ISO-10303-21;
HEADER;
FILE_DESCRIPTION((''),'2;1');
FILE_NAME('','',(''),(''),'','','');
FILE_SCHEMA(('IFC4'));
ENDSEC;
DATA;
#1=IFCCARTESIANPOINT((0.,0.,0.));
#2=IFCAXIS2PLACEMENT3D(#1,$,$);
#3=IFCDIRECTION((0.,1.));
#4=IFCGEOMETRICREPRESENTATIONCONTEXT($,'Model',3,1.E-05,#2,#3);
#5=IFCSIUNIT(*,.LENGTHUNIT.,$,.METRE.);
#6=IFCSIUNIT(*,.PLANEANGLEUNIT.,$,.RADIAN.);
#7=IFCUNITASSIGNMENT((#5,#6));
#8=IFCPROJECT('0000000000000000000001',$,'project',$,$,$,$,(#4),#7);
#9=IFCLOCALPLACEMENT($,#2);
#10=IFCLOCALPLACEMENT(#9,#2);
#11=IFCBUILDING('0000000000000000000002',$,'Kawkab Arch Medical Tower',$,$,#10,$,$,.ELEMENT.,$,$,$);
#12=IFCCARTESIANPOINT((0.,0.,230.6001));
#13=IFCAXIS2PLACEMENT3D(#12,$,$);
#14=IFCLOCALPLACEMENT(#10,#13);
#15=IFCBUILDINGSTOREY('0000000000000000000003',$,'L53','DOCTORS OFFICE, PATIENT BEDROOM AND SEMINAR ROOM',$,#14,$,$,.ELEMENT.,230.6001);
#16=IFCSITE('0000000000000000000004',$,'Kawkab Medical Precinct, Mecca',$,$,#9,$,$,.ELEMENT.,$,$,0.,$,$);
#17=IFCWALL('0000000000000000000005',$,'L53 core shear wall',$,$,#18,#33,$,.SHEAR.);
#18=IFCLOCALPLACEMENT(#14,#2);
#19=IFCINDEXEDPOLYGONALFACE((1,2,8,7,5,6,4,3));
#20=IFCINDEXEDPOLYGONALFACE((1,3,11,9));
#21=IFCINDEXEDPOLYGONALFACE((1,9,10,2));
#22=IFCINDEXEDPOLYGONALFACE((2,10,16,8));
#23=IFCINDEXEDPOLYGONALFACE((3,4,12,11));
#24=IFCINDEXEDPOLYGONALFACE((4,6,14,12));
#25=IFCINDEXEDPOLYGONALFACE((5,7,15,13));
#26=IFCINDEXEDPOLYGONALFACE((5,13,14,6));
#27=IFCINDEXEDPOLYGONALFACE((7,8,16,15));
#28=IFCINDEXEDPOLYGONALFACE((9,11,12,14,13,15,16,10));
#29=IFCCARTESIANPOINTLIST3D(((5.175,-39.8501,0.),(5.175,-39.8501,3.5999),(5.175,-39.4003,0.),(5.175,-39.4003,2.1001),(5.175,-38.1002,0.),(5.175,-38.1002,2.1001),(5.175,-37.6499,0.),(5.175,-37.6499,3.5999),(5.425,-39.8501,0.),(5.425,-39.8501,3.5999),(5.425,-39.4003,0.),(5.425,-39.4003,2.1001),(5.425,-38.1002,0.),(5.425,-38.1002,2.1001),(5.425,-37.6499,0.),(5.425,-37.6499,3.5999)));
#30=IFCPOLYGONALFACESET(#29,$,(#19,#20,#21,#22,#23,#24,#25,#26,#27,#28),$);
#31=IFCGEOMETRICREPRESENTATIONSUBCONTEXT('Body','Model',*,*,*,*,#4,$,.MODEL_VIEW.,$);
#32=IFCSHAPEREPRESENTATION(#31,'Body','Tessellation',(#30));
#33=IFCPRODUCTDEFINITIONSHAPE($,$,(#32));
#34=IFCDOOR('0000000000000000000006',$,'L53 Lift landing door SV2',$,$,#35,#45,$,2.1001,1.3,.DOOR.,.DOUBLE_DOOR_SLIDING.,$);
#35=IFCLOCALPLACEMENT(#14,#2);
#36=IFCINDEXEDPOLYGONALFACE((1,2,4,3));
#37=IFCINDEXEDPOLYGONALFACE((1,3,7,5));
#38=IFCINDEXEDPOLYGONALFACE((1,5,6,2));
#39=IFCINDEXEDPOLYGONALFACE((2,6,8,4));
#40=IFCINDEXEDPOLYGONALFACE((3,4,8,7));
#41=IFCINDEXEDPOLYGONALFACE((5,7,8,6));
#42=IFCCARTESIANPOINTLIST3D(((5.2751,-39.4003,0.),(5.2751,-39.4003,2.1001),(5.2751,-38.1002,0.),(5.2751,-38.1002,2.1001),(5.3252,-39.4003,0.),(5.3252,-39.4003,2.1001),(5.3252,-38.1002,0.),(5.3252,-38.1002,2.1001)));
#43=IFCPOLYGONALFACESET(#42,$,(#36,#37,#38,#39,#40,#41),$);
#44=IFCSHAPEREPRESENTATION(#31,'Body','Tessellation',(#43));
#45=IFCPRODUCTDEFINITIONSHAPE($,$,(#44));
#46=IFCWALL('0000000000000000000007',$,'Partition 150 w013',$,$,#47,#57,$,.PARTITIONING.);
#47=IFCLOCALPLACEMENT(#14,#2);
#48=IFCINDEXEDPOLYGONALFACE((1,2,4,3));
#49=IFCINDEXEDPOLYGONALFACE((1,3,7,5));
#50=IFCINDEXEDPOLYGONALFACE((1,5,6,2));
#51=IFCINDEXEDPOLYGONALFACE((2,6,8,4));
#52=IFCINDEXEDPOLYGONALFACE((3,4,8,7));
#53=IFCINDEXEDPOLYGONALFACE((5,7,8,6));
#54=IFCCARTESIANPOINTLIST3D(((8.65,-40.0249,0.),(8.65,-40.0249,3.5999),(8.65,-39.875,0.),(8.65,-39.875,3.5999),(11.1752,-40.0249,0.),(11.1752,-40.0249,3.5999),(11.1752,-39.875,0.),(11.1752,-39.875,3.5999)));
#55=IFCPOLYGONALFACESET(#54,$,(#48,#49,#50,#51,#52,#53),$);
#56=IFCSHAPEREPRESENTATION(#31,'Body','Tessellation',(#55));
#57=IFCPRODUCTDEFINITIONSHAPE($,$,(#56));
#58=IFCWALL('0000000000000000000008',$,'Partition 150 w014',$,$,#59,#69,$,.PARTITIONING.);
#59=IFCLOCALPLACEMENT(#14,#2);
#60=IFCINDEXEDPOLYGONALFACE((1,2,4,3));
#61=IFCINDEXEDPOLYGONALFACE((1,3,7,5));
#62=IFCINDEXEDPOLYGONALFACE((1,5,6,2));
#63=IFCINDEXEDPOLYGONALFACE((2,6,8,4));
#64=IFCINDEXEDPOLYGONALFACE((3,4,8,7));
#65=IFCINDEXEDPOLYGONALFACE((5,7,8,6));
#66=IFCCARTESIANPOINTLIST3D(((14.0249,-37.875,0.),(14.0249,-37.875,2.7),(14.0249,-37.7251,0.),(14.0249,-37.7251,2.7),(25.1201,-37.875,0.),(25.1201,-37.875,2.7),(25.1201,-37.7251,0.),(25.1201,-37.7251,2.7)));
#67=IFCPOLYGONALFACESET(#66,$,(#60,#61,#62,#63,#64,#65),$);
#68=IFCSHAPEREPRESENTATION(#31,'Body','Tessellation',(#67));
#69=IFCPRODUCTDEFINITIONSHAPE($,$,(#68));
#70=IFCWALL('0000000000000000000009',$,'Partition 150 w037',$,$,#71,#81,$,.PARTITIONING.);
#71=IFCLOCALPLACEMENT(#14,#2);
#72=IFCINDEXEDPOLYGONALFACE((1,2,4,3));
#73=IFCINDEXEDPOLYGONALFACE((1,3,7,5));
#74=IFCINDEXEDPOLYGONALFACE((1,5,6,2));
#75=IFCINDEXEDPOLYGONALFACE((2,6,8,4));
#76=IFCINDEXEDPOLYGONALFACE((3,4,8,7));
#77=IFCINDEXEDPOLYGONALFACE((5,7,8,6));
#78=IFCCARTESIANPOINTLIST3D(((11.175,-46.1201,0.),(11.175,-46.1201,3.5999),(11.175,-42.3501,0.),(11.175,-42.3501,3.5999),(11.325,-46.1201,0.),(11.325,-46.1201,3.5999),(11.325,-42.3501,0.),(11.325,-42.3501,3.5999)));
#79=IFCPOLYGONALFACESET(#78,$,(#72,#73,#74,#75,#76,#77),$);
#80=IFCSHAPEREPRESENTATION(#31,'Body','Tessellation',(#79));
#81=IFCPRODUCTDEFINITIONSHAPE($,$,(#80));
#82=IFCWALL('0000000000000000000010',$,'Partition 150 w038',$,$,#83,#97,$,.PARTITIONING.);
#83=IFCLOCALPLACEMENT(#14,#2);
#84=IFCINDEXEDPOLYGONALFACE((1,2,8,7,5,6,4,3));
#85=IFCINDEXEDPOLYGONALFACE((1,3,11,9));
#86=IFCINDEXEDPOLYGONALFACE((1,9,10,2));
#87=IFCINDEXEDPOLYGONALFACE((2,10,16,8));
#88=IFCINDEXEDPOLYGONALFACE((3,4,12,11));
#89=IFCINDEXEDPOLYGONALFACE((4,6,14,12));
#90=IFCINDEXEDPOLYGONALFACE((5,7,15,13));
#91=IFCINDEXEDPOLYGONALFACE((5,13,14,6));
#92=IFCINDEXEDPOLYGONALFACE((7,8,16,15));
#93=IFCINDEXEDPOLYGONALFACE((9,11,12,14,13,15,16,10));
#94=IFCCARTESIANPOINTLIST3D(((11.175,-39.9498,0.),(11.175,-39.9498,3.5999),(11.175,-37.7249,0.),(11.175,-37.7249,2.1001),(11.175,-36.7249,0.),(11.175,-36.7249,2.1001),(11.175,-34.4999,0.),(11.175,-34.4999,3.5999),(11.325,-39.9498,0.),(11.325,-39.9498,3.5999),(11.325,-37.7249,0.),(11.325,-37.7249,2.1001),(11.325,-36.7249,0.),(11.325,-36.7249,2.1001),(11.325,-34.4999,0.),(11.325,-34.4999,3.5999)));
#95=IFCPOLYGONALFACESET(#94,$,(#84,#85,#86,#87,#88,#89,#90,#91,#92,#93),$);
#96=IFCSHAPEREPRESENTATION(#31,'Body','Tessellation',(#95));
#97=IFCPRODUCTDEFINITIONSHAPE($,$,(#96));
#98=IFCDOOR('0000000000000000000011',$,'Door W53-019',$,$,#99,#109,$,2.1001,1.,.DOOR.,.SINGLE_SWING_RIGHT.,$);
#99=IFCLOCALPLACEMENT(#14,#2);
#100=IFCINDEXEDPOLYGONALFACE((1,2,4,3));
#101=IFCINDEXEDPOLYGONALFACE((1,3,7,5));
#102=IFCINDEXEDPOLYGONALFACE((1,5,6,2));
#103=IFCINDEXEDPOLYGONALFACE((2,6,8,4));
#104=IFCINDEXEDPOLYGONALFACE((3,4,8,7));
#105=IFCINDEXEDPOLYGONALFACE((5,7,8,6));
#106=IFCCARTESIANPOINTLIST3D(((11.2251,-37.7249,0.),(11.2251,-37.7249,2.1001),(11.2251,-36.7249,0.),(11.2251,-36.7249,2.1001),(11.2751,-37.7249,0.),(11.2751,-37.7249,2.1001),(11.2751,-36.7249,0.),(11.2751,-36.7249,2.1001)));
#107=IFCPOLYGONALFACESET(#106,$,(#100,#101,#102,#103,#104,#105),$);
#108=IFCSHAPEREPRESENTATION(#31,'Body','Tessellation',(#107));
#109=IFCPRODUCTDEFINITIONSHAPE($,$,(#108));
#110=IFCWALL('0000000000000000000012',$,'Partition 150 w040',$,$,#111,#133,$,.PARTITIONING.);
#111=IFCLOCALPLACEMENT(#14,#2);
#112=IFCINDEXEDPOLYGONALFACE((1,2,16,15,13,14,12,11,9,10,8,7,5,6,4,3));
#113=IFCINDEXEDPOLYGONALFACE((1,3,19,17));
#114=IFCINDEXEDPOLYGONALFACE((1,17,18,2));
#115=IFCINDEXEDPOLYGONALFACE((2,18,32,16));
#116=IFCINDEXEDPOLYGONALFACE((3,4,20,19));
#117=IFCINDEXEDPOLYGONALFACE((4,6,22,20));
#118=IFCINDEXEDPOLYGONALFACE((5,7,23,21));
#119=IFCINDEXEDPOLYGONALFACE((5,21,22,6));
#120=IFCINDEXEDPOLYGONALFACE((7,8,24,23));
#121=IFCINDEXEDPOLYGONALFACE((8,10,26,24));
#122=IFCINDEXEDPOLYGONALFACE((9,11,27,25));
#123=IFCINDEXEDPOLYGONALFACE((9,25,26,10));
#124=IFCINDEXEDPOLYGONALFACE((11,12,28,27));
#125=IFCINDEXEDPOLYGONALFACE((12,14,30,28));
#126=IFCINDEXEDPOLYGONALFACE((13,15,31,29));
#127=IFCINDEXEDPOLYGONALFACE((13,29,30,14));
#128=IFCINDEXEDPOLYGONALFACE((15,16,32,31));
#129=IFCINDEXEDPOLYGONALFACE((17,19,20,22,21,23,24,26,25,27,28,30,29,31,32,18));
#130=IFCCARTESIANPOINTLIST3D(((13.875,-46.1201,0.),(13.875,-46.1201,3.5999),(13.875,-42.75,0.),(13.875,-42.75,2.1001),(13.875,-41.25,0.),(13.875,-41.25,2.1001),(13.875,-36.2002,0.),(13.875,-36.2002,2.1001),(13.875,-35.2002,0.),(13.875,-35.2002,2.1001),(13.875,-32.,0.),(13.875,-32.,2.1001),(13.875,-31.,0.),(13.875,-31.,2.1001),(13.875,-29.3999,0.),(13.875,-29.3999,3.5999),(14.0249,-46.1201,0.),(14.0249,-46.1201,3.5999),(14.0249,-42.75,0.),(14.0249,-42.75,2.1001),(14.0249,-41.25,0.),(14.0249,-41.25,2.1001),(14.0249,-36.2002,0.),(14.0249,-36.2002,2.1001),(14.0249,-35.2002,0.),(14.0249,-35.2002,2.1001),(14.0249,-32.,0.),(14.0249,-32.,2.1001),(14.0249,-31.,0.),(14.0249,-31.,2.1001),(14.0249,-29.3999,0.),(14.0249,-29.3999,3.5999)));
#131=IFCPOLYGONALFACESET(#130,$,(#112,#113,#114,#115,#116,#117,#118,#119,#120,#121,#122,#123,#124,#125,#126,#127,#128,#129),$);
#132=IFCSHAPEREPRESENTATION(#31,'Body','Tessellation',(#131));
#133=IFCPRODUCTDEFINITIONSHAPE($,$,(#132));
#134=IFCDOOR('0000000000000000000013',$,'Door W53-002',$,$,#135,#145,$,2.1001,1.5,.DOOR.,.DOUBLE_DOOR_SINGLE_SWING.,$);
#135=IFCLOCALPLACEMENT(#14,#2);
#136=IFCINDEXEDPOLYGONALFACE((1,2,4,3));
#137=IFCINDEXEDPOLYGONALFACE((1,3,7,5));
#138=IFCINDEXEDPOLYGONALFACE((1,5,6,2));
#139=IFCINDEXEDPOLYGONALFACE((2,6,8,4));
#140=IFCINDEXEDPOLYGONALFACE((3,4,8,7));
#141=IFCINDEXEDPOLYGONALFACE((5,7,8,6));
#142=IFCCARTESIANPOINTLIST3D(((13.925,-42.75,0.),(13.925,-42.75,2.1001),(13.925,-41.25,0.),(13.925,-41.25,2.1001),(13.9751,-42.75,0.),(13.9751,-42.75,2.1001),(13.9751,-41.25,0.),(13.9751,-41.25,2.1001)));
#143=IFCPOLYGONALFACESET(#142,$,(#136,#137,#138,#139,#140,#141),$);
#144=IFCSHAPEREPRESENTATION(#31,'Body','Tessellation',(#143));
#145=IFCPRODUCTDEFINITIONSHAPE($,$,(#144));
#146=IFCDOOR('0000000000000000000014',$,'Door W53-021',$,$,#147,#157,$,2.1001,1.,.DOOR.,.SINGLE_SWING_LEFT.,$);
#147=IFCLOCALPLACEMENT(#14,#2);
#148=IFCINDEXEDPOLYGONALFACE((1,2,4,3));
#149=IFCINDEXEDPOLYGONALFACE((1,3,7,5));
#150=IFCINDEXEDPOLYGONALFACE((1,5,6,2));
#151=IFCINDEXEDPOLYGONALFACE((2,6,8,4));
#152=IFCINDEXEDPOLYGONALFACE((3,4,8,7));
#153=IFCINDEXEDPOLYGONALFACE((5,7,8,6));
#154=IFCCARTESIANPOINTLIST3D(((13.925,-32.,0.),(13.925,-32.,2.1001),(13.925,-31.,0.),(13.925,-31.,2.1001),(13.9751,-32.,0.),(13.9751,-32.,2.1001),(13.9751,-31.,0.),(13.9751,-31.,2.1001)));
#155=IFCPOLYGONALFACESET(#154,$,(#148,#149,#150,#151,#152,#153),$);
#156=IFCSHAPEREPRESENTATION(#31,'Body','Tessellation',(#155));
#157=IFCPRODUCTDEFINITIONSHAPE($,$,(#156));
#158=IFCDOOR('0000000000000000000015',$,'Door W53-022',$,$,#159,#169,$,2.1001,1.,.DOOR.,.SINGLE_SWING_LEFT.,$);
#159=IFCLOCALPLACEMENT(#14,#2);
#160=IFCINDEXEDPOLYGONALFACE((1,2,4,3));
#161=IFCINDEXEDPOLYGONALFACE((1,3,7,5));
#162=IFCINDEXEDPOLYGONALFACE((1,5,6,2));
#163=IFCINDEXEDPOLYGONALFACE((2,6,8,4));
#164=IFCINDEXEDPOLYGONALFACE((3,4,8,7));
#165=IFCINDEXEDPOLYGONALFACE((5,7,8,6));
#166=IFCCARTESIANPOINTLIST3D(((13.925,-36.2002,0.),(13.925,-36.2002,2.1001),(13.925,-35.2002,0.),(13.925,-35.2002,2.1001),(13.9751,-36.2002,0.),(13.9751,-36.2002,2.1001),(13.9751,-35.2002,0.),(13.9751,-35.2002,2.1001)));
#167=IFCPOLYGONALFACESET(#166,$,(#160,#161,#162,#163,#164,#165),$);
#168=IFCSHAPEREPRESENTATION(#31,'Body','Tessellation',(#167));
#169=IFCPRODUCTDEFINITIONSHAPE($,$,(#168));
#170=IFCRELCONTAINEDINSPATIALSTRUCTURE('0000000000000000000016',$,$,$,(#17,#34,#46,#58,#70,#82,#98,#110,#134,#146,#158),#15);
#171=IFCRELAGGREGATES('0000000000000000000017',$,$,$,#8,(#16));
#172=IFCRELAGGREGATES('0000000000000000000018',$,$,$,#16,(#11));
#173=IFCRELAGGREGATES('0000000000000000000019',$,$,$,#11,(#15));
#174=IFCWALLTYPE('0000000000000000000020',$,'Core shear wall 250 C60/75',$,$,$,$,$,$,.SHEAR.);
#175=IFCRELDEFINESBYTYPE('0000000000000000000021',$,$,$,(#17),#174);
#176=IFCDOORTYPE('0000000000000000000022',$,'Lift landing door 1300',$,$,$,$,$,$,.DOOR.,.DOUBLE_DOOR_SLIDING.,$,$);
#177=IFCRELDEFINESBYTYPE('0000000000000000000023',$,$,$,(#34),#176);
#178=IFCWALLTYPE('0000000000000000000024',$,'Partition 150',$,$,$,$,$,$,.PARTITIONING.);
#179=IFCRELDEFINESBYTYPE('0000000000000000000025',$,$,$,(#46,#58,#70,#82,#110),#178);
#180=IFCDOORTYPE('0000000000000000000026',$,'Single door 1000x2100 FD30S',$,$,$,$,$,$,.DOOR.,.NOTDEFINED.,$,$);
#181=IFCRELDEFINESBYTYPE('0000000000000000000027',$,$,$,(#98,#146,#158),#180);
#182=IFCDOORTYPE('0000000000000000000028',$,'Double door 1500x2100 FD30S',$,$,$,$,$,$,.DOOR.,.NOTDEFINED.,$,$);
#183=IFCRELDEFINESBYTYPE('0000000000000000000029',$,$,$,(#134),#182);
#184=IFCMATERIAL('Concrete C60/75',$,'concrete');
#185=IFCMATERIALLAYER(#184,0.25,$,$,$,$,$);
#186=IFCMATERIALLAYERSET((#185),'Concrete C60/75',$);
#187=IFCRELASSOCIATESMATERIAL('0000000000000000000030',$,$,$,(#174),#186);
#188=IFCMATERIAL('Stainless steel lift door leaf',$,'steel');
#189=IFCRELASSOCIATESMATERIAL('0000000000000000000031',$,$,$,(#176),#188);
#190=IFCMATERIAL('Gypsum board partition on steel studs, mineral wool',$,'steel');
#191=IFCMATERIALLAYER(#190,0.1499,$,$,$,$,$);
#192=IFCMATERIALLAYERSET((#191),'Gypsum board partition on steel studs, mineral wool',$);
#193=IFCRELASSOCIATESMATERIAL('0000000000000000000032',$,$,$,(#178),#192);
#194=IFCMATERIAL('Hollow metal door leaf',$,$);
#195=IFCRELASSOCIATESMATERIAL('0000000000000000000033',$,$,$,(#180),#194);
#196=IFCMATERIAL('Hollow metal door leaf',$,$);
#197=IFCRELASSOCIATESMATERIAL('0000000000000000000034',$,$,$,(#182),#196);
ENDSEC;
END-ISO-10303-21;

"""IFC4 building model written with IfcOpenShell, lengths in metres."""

from ifc_helpers import new_model, si_unit, direction, frame, frame_2d, origin, place, context, subcontext, project, spatial, rectangle, extrude, material, layer, layer_set, type_object, element, fill, save


model = new_model("IFC4")

# Units and contexts
model_context = context("Model", 3, precision=1e-05, world=origin(), true_north=direction((0.0, 1.0)))
body_context = subcontext(model_context, "Body", "Model", "MODEL_VIEW")
ifc_project = project(units=[si_unit("LENGTHUNIT", "METRE"), si_unit("PLANEANGLEUNIT", "RADIAN")], contexts=[model_context])

# Site, building, storey
site_placement = place(None, origin())
site = spatial("IfcSite", under=ifc_project, at=site_placement, Name="Kawkab Medical Precinct, Mecca", CompositionType="ELEMENT", RefElevation=0.0)
building_placement = place(site_placement, origin())
building = spatial("IfcBuilding", under=site, at=building_placement, Name="Kawkab Arch Medical Tower", CompositionType="ELEMENT")
storey_placement = place(building_placement, frame((0.0, 0.0, 230.6001)))
storey = spatial("IfcBuildingStorey", under=building, at=storey_placement, Name="L53", Description="DOCTORS OFFICE, PATIENT BEDROOM AND SEMINAR ROOM", CompositionType="ELEMENT", Elevation=230.6001)

# Wall, opening, door
ifc_material_1 = material(Name="Concrete C60/75", Category="concrete")
ifc_layer_1 = layer(ifc_material_1, 0.25)
ifc_layer_set_1 = layer_set([ifc_layer_1], Name="Concrete C60/75")
wall_type_1 = type_object("IfcWallType", Name="Core shear wall 250 C60/75", PredefinedType="SHEAR", material=ifc_layer_set_1)
wall_1_placement = place(storey_placement, frame((5.3, -39.8501, 0.0), z_axis=(0.0, 0.0, 1.0), x_axis=(0.0, 1.0, 0.0)))
wall_1 = element("IfcWall", 1, at=wall_1_placement, inside=storey, type_object=wall_type_1, Name="L53 core shear wall", PredefinedType="SHEAR", context=body_context, shape_type="SweptSolid", body=[
    extrude(rectangle(XDim=2.2002, YDim=0.25, at=frame_2d((1.1001, 0.0))), origin(), (0.0, 0.0, 1.0), 3.5999),
])
opening_1_placement = place(wall_1_placement, frame((0.45, 0.0, 0.0)))
opening_1 = element("IfcOpeningElement", 2, at=opening_1_placement, cuts=wall_1, PredefinedType="OPENING", context=body_context, shape_type="SweptSolid", body=[
    extrude(rectangle(XDim=1.3, YDim=2.1001, at=frame_2d((0.6499, 1.05))), frame((0.0, 0.135, 0.0), z_axis=(0.0, -1.0, 0.0), x_axis=(1.0, 0.0, 0.0)), (0.0, 0.0, 1.0), 0.27),
])
ifc_material_2 = material(Name="Stainless steel lift door leaf", Category="steel")
door_type_1 = type_object("IfcDoorType", Name="Lift landing door 1300", OperationType="DOUBLE_DOOR_SLIDING", PredefinedType="DOOR", material=ifc_material_2)
door_1_placement = place(opening_1_placement, origin())
door_1 = element("IfcDoor", 3, at=door_1_placement, inside=storey, type_object=door_type_1, Name="L53 Lift landing door SV2", OperationType="DOUBLE_DOOR_SLIDING", OverallHeight=2.1001, OverallWidth=1.3, PredefinedType="DOOR", context=body_context, shape_type="SweptSolid", body=[
    extrude(rectangle(XDim=1.3, YDim=2.1001, at=frame_2d((0.6499, 1.05))), frame((0.0, 0.0249, 0.0), z_axis=(0.0, -1.0, 0.0), x_axis=(1.0, 0.0, 0.0)), (0.0, 0.0, 1.0), 0.05),
])
fill(opening_1, door_1)

# Walls
ifc_material_3 = material(Name="Gypsum board partition on steel studs, mineral wool", Category="steel")
ifc_layer_2 = layer(ifc_material_3, 0.1499)
ifc_layer_set_2 = layer_set([ifc_layer_2], Name="Gypsum board partition on steel studs, mineral wool")
wall_type_2 = type_object("IfcWallType", Name="Partition 150", PredefinedType="PARTITIONING", material=ifc_layer_set_2)
wall_2_placement = place(storey_placement, frame((8.6499, -39.95, 0.0), z_axis=(0.0, 0.0, 1.0), x_axis=(1.0, 0.0, 0.0)))
element("IfcWall", 4, at=wall_2_placement, inside=storey, type_object=wall_type_2, Name="Partition 150 w013", PredefinedType="PARTITIONING", context=body_context, shape_type="SweptSolid", body=[
    extrude(rectangle(XDim=2.5251, YDim=0.1499, at=frame_2d((1.2627, 0.0))), origin(), (0.0, 0.0, 1.0), 3.5999),
])
wall_3_placement = place(storey_placement, frame((14.0249, -37.8, 0.0), z_axis=(0.0, 0.0, 1.0), x_axis=(1.0, 0.0, 0.0)))
element("IfcWall", 5, at=wall_3_placement, inside=storey, type_object=wall_type_2, Name="Partition 150 w014", PredefinedType="PARTITIONING", context=body_context, shape_type="SweptSolid", body=[
    extrude(rectangle(XDim=11.0952, YDim=0.1499, at=frame_2d((5.5476, 0.0))), origin(), (0.0, 0.0, 1.0), 2.7),
])
wall_4_placement = place(storey_placement, frame((11.25, -46.1201, 0.0), z_axis=(0.0, 0.0, 1.0), x_axis=(0.0, 1.0, 0.0)))
element("IfcWall", 6, at=wall_4_placement, inside=storey, type_object=wall_type_2, Name="Partition 150 w037", PredefinedType="PARTITIONING", context=body_context, shape_type="SweptSolid", body=[
    extrude(rectangle(XDim=3.77, YDim=0.1499, at=frame_2d((1.885, 0.0))), origin(), (0.0, 0.0, 1.0), 3.5999),
])

# Wall, opening, door
wall_5_placement = place(storey_placement, frame((11.25, -39.95, 0.0), z_axis=(0.0, 0.0, 1.0), x_axis=(0.0, 1.0, 0.0)))
wall_5 = element("IfcWall", 7, at=wall_5_placement, inside=storey, type_object=wall_type_2, Name="Partition 150 w038", PredefinedType="PARTITIONING", context=body_context, shape_type="SweptSolid", body=[
    extrude(rectangle(XDim=5.45, YDim=0.1499, at=frame_2d((2.7251, 0.0))), origin(), (0.0, 0.0, 1.0), 3.5999),
])
opening_2_placement = place(wall_5_placement, frame((2.2251, 0.0, 0.0)))
opening_2 = element("IfcOpeningElement", 8, at=opening_2_placement, cuts=wall_5, PredefinedType="OPENING", context=body_context, shape_type="SweptSolid", body=[
    extrude(rectangle(XDim=1.0, YDim=2.1001, at=frame_2d((0.5, 1.05))), frame((0.0, 0.085, 0.0), z_axis=(0.0, -1.0, 0.0), x_axis=(1.0, 0.0, 0.0)), (0.0, 0.0, 1.0), 0.1699),
])
ifc_material_4 = material(Name="Hollow metal door leaf")
door_type_2 = type_object("IfcDoorType", Name="Single door 1000x2100 FD30S", OperationType="NOTDEFINED", PredefinedType="DOOR", material=ifc_material_4)
door_2_placement = place(opening_2_placement, origin())
door_2 = element("IfcDoor", 9, at=door_2_placement, inside=storey, type_object=door_type_2, Name="Door W53-019", OperationType="SINGLE_SWING_RIGHT", OverallHeight=2.1001, OverallWidth=1.0, PredefinedType="DOOR", context=body_context, shape_type="SweptSolid", body=[
    extrude(rectangle(XDim=1.0, YDim=2.1001, at=frame_2d((0.5, 1.05))), frame((0.0, 0.0249, 0.0), z_axis=(0.0, -1.0, 0.0), x_axis=(1.0, 0.0, 0.0)), (0.0, 0.0, 1.0), 0.05),
])
fill(opening_2, door_2)

# Wall, openings, doors
wall_6_placement = place(storey_placement, frame((13.95, -46.1201, 0.0), z_axis=(0.0, 0.0, 1.0), x_axis=(0.0, 1.0, 0.0)))
wall_6 = element("IfcWall", 10, at=wall_6_placement, inside=storey, type_object=wall_type_2, Name="Partition 150 w040", PredefinedType="PARTITIONING", context=body_context, shape_type="SweptSolid", body=[
    extrude(rectangle(XDim=16.7202, YDim=0.1499, at=frame_2d((8.3601, 0.0))), origin(), (0.0, 0.0, 1.0), 3.5999),
])
opening_3_placement = place(wall_6_placement, frame((14.1201, 0.0, 0.0)))
opening_3 = element("IfcOpeningElement", 11, at=opening_3_placement, cuts=wall_6, PredefinedType="OPENING", context=body_context, shape_type="SweptSolid", body=[
    extrude(rectangle(XDim=1.0, YDim=2.1001, at=frame_2d((0.5, 1.05))), frame((0.0, 0.085, 0.0), z_axis=(0.0, -1.0, 0.0), x_axis=(1.0, 0.0, 0.0)), (0.0, 0.0, 1.0), 0.1699),
])
opening_4_placement = place(wall_6_placement, frame((9.9199, 0.0, 0.0)))
opening_4 = element("IfcOpeningElement", 12, at=opening_4_placement, cuts=wall_6, PredefinedType="OPENING", context=body_context, shape_type="SweptSolid", body=[
    extrude(rectangle(XDim=1.0, YDim=2.1001, at=frame_2d((0.5, 1.05))), frame((0.0, 0.085, 0.0), z_axis=(0.0, -1.0, 0.0), x_axis=(1.0, 0.0, 0.0)), (0.0, 0.0, 1.0), 0.1699),
])
opening_5_placement = place(wall_6_placement, frame((3.3701, 0.0, 0.0)))
opening_5 = element("IfcOpeningElement", 13, at=opening_5_placement, cuts=wall_6, PredefinedType="OPENING", context=body_context, shape_type="SweptSolid", body=[
    extrude(rectangle(XDim=1.5, YDim=2.1001, at=frame_2d((0.75, 1.05))), frame((0.0, 0.085, 0.0), z_axis=(0.0, -1.0, 0.0), x_axis=(1.0, 0.0, 0.0)), (0.0, 0.0, 1.0), 0.1699),
])
ifc_material_5 = material(Name="Hollow metal door leaf")
door_type_3 = type_object("IfcDoorType", Name="Double door 1500x2100 FD30S", OperationType="NOTDEFINED", PredefinedType="DOOR", material=ifc_material_5)
door_3_placement = place(opening_5_placement, origin())
door_3 = element("IfcDoor", 14, at=door_3_placement, inside=storey, type_object=door_type_3, Name="Door W53-002", OperationType="DOUBLE_DOOR_SINGLE_SWING", OverallHeight=2.1001, OverallWidth=1.5, PredefinedType="DOOR", context=body_context, shape_type="SweptSolid", body=[
    extrude(rectangle(XDim=1.5, YDim=2.1001, at=frame_2d((0.75, 1.05))), frame((0.0, 0.0249, 0.0), z_axis=(0.0, -1.0, 0.0), x_axis=(1.0, 0.0, 0.0)), (0.0, 0.0, 1.0), 0.05),
])
fill(opening_5, door_3)
door_4_placement = place(opening_3_placement, origin())
door_4 = element("IfcDoor", 15, at=door_4_placement, inside=storey, type_object=door_type_2, Name="Door W53-021", OperationType="SINGLE_SWING_LEFT", OverallHeight=2.1001, OverallWidth=1.0, PredefinedType="DOOR", context=body_context, shape_type="SweptSolid", body=[
    extrude(rectangle(XDim=1.0, YDim=2.1001, at=frame_2d((0.5, 1.05))), frame((0.0, 0.0249, 0.0), z_axis=(0.0, -1.0, 0.0), x_axis=(1.0, 0.0, 0.0)), (0.0, 0.0, 1.0), 0.05),
])
fill(opening_3, door_4)
door_5_placement = place(opening_4_placement, origin())
door_5 = element("IfcDoor", 16, at=door_5_placement, inside=storey, type_object=door_type_2, Name="Door W53-022", OperationType="SINGLE_SWING_LEFT", OverallHeight=2.1001, OverallWidth=1.0, PredefinedType="DOOR", context=body_context, shape_type="SweptSolid", body=[
    extrude(rectangle(XDim=1.0, YDim=2.1001, at=frame_2d((0.5, 1.05))), frame((0.0, 0.0249, 0.0), z_axis=(0.0, -1.0, 0.0), x_axis=(1.0, 0.0, 0.0)), (0.0, 0.0, 1.0), 0.05),
])
fill(opening_4, door_5)

save(model, "model.ifc")
